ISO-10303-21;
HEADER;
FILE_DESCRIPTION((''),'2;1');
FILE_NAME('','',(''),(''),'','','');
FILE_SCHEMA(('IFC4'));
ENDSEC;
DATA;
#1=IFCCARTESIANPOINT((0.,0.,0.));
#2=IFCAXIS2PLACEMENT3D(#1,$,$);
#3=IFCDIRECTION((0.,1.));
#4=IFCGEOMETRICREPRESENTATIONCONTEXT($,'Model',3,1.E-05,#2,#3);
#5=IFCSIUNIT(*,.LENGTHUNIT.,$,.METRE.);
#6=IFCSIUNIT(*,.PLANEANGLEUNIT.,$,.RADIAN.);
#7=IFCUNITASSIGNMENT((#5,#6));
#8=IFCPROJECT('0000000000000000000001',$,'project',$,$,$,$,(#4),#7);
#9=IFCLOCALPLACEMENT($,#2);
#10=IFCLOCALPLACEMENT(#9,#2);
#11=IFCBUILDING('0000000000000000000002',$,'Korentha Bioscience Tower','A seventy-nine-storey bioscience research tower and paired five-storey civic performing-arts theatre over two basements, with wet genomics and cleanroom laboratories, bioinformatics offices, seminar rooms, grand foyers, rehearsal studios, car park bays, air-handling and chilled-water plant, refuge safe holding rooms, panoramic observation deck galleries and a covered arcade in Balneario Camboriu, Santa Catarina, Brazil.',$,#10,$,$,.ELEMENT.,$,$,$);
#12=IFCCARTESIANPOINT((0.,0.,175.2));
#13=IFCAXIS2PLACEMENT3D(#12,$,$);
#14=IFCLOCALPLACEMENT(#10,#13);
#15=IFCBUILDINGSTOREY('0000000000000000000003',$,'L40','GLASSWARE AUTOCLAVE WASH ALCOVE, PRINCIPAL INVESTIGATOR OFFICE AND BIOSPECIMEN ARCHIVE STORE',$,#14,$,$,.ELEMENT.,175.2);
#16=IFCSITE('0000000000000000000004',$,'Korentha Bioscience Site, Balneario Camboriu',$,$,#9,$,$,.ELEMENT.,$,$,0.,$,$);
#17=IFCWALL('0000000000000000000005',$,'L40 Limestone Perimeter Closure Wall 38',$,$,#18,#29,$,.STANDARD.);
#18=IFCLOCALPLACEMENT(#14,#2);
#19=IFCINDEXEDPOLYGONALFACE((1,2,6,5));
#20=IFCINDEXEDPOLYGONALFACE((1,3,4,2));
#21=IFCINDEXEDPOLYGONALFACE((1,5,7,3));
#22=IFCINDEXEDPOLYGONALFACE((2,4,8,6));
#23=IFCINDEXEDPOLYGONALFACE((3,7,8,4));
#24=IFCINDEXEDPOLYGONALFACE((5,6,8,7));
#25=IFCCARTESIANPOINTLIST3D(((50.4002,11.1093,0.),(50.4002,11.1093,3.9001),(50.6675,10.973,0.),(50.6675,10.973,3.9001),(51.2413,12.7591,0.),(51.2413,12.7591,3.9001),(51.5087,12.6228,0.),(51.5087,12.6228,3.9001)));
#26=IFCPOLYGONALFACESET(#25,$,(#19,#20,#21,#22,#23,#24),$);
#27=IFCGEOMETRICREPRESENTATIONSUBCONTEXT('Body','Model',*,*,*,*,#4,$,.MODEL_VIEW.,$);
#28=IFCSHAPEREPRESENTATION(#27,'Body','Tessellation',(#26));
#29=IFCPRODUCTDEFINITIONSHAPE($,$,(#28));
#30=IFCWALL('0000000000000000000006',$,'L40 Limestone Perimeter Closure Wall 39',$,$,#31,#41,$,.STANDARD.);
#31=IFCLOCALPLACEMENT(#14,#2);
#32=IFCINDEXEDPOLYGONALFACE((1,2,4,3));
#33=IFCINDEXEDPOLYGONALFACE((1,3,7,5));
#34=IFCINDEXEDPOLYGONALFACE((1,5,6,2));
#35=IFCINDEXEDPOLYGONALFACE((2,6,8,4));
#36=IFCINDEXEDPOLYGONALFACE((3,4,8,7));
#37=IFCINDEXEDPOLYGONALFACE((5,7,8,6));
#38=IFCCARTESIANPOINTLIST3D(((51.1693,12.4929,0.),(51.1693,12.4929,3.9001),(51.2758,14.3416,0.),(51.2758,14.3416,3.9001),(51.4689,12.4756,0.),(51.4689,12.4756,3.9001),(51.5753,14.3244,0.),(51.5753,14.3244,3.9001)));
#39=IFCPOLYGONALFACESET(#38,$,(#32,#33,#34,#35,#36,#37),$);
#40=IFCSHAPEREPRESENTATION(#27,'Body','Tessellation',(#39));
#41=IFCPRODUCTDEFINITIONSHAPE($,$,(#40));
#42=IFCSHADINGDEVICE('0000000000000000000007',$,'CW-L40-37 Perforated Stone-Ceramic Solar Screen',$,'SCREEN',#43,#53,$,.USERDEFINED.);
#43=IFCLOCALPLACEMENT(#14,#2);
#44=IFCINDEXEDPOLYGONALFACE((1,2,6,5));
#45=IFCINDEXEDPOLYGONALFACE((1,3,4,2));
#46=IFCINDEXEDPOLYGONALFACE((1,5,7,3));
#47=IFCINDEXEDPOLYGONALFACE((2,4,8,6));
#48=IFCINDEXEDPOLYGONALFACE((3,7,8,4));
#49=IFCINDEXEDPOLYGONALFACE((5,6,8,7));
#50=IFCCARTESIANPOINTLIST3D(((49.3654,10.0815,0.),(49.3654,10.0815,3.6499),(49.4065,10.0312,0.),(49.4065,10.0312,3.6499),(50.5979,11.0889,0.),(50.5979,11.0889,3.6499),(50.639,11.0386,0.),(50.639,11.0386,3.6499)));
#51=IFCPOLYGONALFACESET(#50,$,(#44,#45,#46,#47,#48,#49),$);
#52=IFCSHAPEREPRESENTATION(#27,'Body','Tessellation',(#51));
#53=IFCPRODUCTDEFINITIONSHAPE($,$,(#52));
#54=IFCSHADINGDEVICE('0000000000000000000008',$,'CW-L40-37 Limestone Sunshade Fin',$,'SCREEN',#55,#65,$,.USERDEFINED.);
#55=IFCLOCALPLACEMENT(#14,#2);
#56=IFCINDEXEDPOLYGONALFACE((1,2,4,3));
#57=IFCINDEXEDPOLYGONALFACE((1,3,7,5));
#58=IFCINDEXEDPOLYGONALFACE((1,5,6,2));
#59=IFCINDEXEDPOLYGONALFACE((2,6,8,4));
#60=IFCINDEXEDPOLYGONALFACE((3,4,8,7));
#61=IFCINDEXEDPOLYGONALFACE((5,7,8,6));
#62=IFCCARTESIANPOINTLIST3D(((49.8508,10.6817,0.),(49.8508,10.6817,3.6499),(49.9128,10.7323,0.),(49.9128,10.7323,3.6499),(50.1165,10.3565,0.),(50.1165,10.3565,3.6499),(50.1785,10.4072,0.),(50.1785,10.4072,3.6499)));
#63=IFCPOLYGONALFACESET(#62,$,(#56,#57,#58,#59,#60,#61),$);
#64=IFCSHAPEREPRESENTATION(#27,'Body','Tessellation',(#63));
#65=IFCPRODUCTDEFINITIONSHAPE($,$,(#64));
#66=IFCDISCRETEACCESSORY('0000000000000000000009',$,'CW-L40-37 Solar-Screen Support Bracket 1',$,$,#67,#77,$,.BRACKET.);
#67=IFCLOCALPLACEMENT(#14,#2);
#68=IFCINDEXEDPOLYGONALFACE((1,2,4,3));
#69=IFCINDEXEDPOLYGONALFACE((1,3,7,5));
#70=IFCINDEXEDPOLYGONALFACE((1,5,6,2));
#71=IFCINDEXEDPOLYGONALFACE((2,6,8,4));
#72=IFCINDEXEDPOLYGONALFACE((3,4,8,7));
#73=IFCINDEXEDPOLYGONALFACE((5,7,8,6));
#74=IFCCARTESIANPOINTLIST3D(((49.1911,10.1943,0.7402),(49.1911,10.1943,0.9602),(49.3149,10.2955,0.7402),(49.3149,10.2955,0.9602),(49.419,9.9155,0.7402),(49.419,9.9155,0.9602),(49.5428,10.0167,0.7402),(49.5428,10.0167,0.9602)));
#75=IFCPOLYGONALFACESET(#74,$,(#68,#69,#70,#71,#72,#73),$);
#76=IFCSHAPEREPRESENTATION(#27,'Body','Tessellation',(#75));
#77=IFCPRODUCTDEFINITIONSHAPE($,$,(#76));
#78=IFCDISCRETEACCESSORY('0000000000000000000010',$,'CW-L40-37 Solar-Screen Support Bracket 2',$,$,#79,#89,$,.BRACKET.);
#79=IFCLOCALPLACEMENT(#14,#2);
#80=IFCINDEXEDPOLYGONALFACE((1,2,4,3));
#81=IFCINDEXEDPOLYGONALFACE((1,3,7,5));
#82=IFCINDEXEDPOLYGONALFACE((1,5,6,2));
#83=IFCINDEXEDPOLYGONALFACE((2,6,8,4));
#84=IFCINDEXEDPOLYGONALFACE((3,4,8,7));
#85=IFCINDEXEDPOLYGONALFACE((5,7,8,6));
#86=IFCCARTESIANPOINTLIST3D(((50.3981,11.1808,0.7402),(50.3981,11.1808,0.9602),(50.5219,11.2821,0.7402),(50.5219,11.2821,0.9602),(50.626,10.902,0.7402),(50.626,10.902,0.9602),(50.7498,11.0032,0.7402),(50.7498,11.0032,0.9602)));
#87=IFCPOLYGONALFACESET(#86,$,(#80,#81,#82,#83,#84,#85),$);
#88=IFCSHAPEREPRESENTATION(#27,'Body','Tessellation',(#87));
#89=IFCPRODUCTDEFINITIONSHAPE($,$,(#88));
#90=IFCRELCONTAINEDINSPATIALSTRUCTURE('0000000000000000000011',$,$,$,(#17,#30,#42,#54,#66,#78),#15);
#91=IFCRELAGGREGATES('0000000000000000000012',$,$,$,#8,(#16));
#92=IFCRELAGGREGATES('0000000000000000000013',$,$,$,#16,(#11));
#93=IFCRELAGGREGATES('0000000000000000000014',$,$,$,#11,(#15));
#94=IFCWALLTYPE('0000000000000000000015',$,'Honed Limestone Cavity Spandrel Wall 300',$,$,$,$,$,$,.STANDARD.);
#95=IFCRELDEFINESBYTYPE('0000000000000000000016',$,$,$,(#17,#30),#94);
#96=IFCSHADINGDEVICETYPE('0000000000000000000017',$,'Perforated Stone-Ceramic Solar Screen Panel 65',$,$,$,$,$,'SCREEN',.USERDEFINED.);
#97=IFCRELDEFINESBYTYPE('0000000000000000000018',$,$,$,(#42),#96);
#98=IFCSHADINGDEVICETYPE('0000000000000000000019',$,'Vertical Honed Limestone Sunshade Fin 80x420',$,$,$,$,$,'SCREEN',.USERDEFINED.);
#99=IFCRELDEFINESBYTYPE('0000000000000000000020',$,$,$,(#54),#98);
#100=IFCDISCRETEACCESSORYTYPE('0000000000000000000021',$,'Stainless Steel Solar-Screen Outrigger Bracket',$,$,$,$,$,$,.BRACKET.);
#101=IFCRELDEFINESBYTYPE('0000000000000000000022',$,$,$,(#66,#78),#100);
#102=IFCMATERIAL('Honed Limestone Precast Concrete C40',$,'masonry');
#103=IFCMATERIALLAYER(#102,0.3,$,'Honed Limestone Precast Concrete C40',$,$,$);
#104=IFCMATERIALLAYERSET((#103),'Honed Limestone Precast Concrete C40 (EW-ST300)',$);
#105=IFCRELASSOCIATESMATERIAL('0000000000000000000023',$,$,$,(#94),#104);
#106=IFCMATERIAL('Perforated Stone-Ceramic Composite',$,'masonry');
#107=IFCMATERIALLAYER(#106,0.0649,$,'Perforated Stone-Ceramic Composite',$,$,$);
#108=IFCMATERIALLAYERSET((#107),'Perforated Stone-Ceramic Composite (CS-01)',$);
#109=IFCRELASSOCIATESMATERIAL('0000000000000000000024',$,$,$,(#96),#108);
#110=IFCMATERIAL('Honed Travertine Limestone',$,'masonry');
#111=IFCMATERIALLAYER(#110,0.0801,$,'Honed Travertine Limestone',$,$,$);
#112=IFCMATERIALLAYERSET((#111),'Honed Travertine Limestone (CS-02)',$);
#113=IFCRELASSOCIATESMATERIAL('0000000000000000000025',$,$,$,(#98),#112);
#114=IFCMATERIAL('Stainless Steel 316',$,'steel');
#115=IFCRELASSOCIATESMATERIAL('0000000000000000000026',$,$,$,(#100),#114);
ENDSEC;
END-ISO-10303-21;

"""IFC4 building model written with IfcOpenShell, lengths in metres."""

from ifc_helpers import new_model, si_unit, direction, frame, frame_2d, origin, origin_2d, place, context, subcontext, project, spatial, rectangle, extrude, material, layer, layer_set, type_object, element, save


model = new_model("IFC4")

# Units and contexts
model_context = context("Model", 3, precision=1e-05, world=origin(), true_north=direction((0.0, 1.0)))
body_context = subcontext(model_context, "Body", "Model", "MODEL_VIEW")
ifc_project = project(units=[si_unit("LENGTHUNIT", "METRE"), si_unit("PLANEANGLEUNIT", "RADIAN")], contexts=[model_context])

# Site, building, storey
site_placement = place(None, origin())
site = spatial("IfcSite", under=ifc_project, at=site_placement, Name="Korentha Bioscience Site, Balneario Camboriu", CompositionType="ELEMENT", RefElevation=0.0)
building_placement = place(site_placement, origin())
building = spatial("IfcBuilding", under=site, at=building_placement, Name="Korentha Bioscience Tower", Description="A seventy-nine-storey bioscience research tower and paired five-storey civic performing-arts theatre over two basements, with wet genomics and cleanroom laboratories, bioinformatics offices, seminar rooms, grand foyers, rehearsal studios, car park bays, air-handling and chilled-water plant, refuge safe holding rooms, panoramic observation deck galleries and a covered arcade in Balneario Camboriu, Santa Catarina, Brazil.", CompositionType="ELEMENT")
storey_placement = place(building_placement, frame((0.0, 0.0, 175.2)))
storey = spatial("IfcBuildingStorey", under=building, at=storey_placement, Name="L40", Description="GLASSWARE AUTOCLAVE WASH ALCOVE, PRINCIPAL INVESTIGATOR OFFICE AND BIOSPECIMEN ARCHIVE STORE", CompositionType="ELEMENT", Elevation=175.2)

# Shared definitions
ifc_material_1 = material(Name="Honed Limestone Precast Concrete C40", Category="masonry")
ifc_layer_1 = layer(ifc_material_1, 0.3, Name="Honed Limestone Precast Concrete C40")
ifc_layer_set_1 = layer_set([ifc_layer_1], Name="Honed Limestone Precast Concrete C40 (EW-ST300)")
wall_type_1 = type_object("IfcWallType", Name="Honed Limestone Cavity Spandrel Wall 300", PredefinedType="STANDARD", material=ifc_layer_set_1)

# Walls
for number, where, z_axis, x_axis, name in (
    (1, (50.5339, 11.0413, 0.0), (0.0, 0.0, 1.0), (0.454214, 0.890893, 0.0), "L40 Limestone Perimeter Closure Wall 38"),
    (2, (51.3191, 12.4844, 0.0), (0.0, 0.0, 1.0), (0.057485, 0.998346, 0.0), "L40 Limestone Perimeter Closure Wall 39"),
):
    element("IfcWall", number, at=place(storey_placement, frame(where, z_axis=z_axis, x_axis=x_axis)), inside=storey, type_object=wall_type_1, Name=name, PredefinedType="STANDARD", context=body_context, shape_type="SweptSolid", body=[
        extrude(rectangle(XDim=1.8518, YDim=0.3, at=frame_2d((0.9258, 0.0))), origin(), (0.0, 0.0, 1.0), 3.9001),
    ])

# Shading devices
ifc_material_2 = material(Name="Perforated Stone-Ceramic Composite", Category="masonry")
ifc_layer_2 = layer(ifc_material_2, 0.0649, Name="Perforated Stone-Ceramic Composite")
ifc_layer_set_2 = layer_set([ifc_layer_2], Name="Perforated Stone-Ceramic Composite (CS-01)")
shading_device_type_1 = type_object("IfcShadingDeviceType", Name="Perforated Stone-Ceramic Solar Screen Panel 65", ElementType="SCREEN", PredefinedType="USERDEFINED", material=ifc_layer_set_2)
shading_device_1_placement = place(storey_placement, frame((50.0022, 10.5601, 0.0), z_axis=(0.0, 0.0, 1.0), x_axis=(0.774256, 0.632872, 0.0)))
element("IfcShadingDevice", 3, at=shading_device_1_placement, inside=storey, type_object=shading_device_type_1, Name="CW-L40-37 Perforated Stone-Ceramic Solar Screen", ObjectType="SCREEN", PredefinedType="USERDEFINED", context=body_context, shape_type="SweptSolid", body=[
    extrude(rectangle(XDim=1.5918, YDim=0.0649, at=origin_2d()), origin(), (0.0, 0.0, 1.0), 3.6499),
])
ifc_material_3 = material(Name="Honed Travertine Limestone", Category="masonry")
ifc_layer_3 = layer(ifc_material_3, 0.0801, Name="Honed Travertine Limestone")
ifc_layer_set_3 = layer_set([ifc_layer_3], Name="Honed Travertine Limestone (CS-02)")
shading_device_type_2 = type_object("IfcShadingDeviceType", Name="Vertical Honed Limestone Sunshade Fin 80x420", ElementType="SCREEN", PredefinedType="USERDEFINED", material=ifc_layer_set_3)
shading_device_2_placement = place(storey_placement, frame((50.0146, 10.5444, 0.0), z_axis=(0.0, 0.0, 1.0), x_axis=(0.774256, 0.632872, 0.0)))
element("IfcShadingDevice", 4, at=shading_device_2_placement, inside=storey, type_object=shading_device_type_2, Name="CW-L40-37 Limestone Sunshade Fin", ObjectType="SCREEN", PredefinedType="USERDEFINED", context=body_context, shape_type="SweptSolid", body=[
    extrude(rectangle(XDim=0.0801, YDim=0.4199, at=origin_2d()), origin(), (0.0, 0.0, 1.0), 3.6499),
])

# Discrete accessories
ifc_material_4 = material(Name="Stainless Steel 316", Category="steel")
discrete_accessory_type = type_object("IfcDiscreteAccessoryType", Name="Stainless Steel Solar-Screen Outrigger Bracket", PredefinedType="BRACKET", material=ifc_material_4)
for number, where, z_axis, x_axis, name in (
    (5, (49.3669, 10.1055, 0.7402), (0.0, 0.0, 1.0), (0.774256, 0.632872, 0.0), "CW-L40-37 Solar-Screen Support Bracket 1"),
    (6, (50.574, 11.092, 0.7402), (0.0, 0.0, 1.0), (0.774256, 0.632872, 0.0), "CW-L40-37 Solar-Screen Support Bracket 2"),
):
    element("IfcDiscreteAccessory", number, at=place(storey_placement, frame(where, z_axis=z_axis, x_axis=x_axis)), inside=storey, type_object=discrete_accessory_type, Name=name, PredefinedType="BRACKET", context=body_context, shape_type="SweptSolid", body=[
        extrude(rectangle(XDim=0.1599, YDim=0.3601, at=origin_2d()), origin(), (0.0, 0.0, 1.0), 0.22),
    ])

save(model, "model.ifc")
